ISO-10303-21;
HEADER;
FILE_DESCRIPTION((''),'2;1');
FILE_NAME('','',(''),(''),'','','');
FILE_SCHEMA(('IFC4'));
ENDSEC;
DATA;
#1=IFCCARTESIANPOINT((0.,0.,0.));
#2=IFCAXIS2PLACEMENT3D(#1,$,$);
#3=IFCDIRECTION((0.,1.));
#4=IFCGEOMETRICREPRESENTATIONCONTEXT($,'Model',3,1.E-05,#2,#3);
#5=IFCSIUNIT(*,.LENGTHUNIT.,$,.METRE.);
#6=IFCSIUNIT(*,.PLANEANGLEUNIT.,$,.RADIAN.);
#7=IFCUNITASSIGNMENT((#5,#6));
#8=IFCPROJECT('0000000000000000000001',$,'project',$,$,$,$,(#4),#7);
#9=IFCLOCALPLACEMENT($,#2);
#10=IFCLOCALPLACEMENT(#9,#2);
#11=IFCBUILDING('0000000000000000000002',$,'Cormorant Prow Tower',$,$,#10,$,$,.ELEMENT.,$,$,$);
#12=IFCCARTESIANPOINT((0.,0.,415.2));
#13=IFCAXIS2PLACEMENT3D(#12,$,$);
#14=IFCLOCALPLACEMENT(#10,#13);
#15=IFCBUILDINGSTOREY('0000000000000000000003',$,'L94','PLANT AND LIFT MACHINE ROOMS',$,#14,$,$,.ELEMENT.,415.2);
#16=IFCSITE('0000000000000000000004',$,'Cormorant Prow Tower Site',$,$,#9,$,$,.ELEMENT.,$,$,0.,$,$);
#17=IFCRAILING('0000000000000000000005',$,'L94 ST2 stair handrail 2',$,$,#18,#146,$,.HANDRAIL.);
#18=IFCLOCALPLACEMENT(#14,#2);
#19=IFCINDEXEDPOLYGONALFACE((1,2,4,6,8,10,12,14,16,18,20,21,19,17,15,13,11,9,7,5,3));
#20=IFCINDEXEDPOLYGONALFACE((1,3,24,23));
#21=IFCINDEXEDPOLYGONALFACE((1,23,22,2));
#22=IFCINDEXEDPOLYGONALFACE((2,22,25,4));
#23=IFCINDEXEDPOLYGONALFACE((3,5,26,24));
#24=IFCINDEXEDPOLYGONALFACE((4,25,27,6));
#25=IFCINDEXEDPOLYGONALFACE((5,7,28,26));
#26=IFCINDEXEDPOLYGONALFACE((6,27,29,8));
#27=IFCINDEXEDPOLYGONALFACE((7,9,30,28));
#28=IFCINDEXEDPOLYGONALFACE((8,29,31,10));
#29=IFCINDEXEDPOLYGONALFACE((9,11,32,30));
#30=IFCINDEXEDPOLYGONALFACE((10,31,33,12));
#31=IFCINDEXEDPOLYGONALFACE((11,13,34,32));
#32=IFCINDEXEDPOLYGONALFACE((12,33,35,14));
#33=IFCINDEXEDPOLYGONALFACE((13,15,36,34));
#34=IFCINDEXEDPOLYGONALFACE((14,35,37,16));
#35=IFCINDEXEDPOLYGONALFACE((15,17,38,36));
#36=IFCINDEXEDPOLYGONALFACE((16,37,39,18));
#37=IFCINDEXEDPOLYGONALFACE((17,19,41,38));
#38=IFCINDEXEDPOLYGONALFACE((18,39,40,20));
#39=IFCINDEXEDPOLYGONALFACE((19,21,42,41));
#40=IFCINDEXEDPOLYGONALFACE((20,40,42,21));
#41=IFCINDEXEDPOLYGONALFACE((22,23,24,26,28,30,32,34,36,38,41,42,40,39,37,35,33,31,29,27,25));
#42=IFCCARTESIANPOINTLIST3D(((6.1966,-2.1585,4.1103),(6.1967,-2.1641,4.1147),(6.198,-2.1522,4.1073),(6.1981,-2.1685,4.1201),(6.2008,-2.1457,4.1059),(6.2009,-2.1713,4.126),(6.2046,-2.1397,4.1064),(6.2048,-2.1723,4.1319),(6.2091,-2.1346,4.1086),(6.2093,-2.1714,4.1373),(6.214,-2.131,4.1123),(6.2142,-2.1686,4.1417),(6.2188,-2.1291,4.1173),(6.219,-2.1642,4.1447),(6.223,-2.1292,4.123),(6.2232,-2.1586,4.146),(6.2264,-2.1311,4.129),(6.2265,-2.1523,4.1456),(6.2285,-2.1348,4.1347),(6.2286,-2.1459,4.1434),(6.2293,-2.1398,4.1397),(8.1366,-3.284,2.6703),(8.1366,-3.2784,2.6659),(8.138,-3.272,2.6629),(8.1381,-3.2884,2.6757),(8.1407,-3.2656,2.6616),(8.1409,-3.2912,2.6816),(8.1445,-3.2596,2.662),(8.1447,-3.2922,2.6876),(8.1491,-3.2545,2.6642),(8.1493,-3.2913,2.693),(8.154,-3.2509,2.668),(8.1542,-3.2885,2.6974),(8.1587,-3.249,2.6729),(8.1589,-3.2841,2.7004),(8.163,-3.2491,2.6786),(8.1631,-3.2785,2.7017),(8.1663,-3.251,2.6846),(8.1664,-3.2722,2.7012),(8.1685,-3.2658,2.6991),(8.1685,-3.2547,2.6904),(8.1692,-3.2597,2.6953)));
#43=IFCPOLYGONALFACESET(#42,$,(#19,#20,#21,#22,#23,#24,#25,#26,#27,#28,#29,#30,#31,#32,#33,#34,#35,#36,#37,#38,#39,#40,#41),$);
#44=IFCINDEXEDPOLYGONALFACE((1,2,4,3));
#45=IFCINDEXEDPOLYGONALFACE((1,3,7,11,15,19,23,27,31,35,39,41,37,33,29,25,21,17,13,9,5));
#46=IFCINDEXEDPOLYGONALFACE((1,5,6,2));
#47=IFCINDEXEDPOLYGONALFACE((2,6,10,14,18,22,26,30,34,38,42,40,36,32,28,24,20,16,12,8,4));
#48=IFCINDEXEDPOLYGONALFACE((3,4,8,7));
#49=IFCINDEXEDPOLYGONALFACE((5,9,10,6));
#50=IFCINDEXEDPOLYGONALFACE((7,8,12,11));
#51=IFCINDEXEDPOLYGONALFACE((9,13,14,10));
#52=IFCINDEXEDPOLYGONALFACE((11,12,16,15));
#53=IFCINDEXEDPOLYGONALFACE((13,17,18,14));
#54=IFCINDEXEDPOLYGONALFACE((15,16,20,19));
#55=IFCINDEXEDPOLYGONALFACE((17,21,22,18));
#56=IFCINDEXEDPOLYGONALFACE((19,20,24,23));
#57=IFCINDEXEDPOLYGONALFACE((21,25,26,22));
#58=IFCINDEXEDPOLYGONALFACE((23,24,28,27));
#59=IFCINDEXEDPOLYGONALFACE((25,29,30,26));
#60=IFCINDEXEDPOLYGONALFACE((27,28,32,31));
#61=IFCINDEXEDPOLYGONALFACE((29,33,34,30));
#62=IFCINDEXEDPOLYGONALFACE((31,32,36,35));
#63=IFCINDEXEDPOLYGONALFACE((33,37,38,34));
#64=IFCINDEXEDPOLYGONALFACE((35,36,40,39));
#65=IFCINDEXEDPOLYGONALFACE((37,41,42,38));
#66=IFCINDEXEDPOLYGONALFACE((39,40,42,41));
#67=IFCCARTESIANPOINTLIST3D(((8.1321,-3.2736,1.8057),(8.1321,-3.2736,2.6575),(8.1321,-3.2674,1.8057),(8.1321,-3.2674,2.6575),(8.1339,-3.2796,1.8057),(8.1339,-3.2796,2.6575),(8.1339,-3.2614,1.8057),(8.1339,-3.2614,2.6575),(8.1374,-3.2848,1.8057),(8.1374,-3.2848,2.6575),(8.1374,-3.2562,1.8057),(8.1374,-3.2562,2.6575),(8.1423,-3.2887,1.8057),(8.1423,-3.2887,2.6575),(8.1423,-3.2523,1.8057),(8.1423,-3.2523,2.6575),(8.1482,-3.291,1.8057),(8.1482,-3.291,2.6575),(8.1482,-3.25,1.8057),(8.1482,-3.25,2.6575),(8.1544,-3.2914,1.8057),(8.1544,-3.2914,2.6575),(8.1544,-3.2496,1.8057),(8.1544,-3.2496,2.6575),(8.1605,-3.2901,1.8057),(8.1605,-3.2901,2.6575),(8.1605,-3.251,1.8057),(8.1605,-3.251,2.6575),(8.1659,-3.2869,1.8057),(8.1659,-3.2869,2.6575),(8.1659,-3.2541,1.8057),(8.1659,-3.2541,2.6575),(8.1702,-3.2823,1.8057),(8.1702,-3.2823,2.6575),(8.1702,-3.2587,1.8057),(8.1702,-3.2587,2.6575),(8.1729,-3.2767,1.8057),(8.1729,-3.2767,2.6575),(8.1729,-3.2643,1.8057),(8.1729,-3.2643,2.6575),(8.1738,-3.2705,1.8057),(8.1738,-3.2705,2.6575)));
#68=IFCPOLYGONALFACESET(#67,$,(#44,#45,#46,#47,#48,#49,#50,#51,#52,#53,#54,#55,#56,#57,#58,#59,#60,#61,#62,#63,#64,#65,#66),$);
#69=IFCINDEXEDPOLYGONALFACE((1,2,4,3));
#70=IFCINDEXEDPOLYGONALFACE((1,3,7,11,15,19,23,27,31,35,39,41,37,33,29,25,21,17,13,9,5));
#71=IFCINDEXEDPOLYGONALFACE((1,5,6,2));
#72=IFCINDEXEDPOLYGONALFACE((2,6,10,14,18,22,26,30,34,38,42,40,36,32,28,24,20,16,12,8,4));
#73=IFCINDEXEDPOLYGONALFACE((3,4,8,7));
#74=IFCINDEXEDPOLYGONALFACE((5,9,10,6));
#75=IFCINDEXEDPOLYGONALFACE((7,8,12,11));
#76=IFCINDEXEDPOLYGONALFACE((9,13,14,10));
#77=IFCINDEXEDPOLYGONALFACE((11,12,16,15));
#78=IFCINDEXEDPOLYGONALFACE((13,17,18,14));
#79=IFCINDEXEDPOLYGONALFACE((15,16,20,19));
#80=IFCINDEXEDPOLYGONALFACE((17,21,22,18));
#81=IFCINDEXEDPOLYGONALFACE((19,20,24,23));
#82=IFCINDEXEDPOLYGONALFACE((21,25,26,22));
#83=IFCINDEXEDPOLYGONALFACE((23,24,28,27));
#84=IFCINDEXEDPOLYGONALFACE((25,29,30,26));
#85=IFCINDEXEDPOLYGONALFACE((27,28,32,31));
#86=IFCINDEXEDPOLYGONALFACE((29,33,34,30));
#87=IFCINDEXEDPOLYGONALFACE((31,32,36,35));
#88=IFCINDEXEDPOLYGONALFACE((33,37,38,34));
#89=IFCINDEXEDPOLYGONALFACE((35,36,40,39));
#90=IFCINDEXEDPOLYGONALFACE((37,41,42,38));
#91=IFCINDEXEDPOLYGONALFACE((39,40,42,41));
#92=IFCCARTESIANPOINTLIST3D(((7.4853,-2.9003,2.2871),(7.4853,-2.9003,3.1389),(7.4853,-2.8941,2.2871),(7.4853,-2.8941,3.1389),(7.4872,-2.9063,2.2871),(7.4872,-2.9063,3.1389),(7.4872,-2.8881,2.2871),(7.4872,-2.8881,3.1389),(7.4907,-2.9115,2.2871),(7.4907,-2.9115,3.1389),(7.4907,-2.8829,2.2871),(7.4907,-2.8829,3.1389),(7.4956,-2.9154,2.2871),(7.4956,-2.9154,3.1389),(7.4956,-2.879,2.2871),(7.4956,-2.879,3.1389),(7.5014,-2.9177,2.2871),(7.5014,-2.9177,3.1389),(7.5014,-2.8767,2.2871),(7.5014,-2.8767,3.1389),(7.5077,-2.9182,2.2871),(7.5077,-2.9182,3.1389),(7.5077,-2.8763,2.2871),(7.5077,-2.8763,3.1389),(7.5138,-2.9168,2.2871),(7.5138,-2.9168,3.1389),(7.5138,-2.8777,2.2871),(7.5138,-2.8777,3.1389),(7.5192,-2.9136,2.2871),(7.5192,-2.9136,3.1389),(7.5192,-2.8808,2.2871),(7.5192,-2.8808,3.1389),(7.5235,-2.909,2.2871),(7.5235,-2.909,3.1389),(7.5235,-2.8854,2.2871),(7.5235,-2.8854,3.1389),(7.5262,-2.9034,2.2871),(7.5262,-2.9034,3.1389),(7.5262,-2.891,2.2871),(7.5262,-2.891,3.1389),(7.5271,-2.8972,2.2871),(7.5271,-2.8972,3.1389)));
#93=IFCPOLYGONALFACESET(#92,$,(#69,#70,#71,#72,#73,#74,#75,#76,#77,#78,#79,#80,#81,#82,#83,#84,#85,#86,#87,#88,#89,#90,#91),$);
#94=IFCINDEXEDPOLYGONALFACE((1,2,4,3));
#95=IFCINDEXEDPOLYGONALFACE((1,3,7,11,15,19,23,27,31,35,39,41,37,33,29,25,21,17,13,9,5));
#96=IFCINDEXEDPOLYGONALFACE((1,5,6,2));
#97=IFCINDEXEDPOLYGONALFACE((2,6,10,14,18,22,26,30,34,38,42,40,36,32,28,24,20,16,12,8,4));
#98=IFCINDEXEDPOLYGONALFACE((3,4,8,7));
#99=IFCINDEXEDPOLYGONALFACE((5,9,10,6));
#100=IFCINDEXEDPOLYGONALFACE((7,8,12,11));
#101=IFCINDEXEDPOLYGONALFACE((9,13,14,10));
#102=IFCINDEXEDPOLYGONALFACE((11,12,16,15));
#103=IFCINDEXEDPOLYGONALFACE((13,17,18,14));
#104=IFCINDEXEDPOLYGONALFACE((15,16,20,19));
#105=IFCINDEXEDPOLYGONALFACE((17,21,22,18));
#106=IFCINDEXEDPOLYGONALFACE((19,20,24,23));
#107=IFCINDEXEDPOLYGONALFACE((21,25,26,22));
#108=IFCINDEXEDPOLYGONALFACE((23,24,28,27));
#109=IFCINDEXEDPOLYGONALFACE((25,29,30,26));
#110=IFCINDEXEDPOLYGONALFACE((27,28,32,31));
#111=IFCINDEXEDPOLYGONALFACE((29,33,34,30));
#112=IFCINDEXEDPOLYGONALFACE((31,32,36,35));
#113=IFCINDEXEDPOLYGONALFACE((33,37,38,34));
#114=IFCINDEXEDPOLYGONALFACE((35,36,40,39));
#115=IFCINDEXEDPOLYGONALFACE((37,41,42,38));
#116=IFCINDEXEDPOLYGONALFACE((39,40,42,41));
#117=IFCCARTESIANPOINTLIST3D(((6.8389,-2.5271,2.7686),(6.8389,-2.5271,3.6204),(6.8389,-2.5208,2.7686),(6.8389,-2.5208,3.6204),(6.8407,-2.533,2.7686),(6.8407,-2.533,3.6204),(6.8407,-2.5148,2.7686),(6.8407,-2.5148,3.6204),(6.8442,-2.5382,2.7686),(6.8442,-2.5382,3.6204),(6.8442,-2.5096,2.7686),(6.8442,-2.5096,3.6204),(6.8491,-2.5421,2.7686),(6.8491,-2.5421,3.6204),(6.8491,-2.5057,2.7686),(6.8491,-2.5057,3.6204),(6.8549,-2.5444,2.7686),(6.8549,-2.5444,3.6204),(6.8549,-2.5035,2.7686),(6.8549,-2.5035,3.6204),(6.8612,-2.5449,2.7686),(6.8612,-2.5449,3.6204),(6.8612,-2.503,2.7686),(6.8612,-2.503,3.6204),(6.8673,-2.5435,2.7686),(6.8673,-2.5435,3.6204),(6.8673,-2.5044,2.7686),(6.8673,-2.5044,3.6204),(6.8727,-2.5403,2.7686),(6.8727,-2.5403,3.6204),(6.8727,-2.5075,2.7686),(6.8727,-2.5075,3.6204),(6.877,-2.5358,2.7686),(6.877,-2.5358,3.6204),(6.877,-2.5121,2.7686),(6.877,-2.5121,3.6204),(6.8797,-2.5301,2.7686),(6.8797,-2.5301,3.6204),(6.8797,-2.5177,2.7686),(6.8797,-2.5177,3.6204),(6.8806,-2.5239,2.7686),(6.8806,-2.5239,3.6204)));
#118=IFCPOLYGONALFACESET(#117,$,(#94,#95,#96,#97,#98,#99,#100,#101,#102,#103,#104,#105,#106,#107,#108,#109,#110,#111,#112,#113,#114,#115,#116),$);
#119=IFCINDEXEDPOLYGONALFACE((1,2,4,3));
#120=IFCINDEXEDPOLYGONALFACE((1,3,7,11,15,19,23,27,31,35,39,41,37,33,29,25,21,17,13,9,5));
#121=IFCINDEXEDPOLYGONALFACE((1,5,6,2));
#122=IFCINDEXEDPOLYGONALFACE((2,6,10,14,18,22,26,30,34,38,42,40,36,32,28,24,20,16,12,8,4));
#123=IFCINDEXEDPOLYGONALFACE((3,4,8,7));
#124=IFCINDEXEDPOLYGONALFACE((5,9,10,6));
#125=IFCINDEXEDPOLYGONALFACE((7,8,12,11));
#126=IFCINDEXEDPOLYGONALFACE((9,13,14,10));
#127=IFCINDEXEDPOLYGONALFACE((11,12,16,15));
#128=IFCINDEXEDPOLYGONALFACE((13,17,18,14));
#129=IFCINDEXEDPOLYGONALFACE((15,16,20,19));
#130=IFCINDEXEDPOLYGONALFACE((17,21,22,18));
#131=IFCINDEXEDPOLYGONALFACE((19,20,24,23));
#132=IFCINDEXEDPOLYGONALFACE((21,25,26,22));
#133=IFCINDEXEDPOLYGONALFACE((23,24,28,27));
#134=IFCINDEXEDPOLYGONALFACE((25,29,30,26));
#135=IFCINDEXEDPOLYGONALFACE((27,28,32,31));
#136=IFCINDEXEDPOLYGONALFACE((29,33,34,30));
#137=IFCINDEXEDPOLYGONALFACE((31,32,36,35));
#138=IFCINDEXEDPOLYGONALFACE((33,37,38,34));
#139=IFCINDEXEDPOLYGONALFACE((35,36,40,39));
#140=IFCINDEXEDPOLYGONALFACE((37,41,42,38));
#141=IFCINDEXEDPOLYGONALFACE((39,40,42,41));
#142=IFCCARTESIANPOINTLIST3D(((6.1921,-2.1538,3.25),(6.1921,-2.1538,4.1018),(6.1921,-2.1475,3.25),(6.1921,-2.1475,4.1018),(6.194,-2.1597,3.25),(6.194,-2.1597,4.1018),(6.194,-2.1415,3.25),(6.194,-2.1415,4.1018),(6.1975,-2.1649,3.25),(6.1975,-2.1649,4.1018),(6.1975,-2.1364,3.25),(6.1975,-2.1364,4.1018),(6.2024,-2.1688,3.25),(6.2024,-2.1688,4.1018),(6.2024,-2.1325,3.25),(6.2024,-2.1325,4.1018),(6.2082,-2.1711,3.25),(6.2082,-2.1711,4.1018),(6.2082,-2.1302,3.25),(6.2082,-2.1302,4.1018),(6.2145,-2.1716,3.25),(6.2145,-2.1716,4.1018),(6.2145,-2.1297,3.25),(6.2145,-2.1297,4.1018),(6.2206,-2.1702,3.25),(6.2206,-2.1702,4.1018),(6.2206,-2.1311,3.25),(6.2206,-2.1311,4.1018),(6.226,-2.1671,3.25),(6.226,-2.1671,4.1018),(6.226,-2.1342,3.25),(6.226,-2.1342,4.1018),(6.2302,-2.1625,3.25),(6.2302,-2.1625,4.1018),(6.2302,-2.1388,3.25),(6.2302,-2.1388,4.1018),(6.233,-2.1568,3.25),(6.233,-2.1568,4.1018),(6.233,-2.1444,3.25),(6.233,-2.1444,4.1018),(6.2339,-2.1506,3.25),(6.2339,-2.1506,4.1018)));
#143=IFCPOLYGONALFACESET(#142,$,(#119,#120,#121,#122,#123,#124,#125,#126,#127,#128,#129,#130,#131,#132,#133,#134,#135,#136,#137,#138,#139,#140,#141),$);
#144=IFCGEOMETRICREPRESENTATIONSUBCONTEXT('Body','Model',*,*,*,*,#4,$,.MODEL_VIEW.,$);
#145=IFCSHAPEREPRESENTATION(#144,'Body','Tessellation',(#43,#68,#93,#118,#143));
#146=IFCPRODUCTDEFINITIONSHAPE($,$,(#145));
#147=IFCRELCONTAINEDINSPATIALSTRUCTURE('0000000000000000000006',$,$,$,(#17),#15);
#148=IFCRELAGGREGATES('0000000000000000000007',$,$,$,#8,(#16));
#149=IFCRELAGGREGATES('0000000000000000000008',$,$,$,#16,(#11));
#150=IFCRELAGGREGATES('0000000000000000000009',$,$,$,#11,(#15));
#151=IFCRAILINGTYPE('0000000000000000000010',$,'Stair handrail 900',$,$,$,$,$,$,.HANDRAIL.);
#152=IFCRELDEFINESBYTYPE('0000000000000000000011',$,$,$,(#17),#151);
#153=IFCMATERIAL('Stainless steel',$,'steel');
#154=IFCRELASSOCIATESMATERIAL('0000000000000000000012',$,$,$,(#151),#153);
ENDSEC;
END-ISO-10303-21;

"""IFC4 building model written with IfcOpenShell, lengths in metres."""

from ifc_helpers import new_model, si_unit, direction, frame, origin, origin_2d, place, context, subcontext, project, spatial, circle, extrude, material, type_object, element, save


model = new_model("IFC4")

# Units and contexts
model_context = context("Model", 3, precision=1e-05, world=origin(), true_north=direction((0.0, 1.0)))
body_context = subcontext(model_context, "Body", "Model", "MODEL_VIEW")
ifc_project = project(units=[si_unit("LENGTHUNIT", "METRE"), si_unit("PLANEANGLEUNIT", "RADIAN")], contexts=[model_context])

# Site, building, storey
site_placement = place(None, origin())
site = spatial("IfcSite", under=ifc_project, at=site_placement, Name="Cormorant Prow Tower Site", CompositionType="ELEMENT", RefElevation=0.0)
building_placement = place(site_placement, origin())
building = spatial("IfcBuilding", under=site, at=building_placement, Name="Cormorant Prow Tower", CompositionType="ELEMENT")
storey_placement = place(building_placement, frame((0.0, 0.0, 415.2)))
storey = spatial("IfcBuildingStorey", under=building, at=storey_placement, Name="L94", Description="PLANT AND LIFT MACHINE ROOMS", CompositionType="ELEMENT", Elevation=415.2)

# Railing
ifc_material_1 = material(Name="Stainless steel", Category="steel")
railing_type_1 = type_object("IfcRailingType", Name="Stair handrail 900", PredefinedType="HANDRAIL", material=ifc_material_1)
railing_1_placement = place(storey_placement, frame((8.1528, -3.2705, 1.8057)))
element("IfcRailing", 1, at=railing_1_placement, inside=storey, type_object=railing_type_1, Name="L94 ST2 stair handrail 2", PredefinedType="HANDRAIL", context=body_context, shape_type="SweptSolid", body=[
    extrude(circle(Radius=0.0239, at=origin_2d()), frame((0.0, 0.0, 0.876), z_axis=(-0.727863, 0.420175, 0.541912), x_axis=(-0.499949, -0.866055, 0.0)), (0.0, 0.0, 1.0), 2.6653),
    extrude(circle(Radius=0.021, at=origin_2d()), origin(), (0.0, 0.0, 1.0), 0.8518),
    extrude(circle(Radius=0.021, at=origin_2d()), frame((-0.6467, 0.3733, 0.4814)), (0.0, 0.0, 1.0), 0.8518),
    extrude(circle(Radius=0.021, at=origin_2d()), frame((-1.2932, 0.7466, 0.9629)), (0.0, 0.0, 1.0), 0.8518),
    extrude(circle(Radius=0.021, at=origin_2d()), frame((-1.9399, 1.1199, 1.4443)), (0.0, 0.0, 1.0), 0.8518),
])

save(model, "model.ifc")
